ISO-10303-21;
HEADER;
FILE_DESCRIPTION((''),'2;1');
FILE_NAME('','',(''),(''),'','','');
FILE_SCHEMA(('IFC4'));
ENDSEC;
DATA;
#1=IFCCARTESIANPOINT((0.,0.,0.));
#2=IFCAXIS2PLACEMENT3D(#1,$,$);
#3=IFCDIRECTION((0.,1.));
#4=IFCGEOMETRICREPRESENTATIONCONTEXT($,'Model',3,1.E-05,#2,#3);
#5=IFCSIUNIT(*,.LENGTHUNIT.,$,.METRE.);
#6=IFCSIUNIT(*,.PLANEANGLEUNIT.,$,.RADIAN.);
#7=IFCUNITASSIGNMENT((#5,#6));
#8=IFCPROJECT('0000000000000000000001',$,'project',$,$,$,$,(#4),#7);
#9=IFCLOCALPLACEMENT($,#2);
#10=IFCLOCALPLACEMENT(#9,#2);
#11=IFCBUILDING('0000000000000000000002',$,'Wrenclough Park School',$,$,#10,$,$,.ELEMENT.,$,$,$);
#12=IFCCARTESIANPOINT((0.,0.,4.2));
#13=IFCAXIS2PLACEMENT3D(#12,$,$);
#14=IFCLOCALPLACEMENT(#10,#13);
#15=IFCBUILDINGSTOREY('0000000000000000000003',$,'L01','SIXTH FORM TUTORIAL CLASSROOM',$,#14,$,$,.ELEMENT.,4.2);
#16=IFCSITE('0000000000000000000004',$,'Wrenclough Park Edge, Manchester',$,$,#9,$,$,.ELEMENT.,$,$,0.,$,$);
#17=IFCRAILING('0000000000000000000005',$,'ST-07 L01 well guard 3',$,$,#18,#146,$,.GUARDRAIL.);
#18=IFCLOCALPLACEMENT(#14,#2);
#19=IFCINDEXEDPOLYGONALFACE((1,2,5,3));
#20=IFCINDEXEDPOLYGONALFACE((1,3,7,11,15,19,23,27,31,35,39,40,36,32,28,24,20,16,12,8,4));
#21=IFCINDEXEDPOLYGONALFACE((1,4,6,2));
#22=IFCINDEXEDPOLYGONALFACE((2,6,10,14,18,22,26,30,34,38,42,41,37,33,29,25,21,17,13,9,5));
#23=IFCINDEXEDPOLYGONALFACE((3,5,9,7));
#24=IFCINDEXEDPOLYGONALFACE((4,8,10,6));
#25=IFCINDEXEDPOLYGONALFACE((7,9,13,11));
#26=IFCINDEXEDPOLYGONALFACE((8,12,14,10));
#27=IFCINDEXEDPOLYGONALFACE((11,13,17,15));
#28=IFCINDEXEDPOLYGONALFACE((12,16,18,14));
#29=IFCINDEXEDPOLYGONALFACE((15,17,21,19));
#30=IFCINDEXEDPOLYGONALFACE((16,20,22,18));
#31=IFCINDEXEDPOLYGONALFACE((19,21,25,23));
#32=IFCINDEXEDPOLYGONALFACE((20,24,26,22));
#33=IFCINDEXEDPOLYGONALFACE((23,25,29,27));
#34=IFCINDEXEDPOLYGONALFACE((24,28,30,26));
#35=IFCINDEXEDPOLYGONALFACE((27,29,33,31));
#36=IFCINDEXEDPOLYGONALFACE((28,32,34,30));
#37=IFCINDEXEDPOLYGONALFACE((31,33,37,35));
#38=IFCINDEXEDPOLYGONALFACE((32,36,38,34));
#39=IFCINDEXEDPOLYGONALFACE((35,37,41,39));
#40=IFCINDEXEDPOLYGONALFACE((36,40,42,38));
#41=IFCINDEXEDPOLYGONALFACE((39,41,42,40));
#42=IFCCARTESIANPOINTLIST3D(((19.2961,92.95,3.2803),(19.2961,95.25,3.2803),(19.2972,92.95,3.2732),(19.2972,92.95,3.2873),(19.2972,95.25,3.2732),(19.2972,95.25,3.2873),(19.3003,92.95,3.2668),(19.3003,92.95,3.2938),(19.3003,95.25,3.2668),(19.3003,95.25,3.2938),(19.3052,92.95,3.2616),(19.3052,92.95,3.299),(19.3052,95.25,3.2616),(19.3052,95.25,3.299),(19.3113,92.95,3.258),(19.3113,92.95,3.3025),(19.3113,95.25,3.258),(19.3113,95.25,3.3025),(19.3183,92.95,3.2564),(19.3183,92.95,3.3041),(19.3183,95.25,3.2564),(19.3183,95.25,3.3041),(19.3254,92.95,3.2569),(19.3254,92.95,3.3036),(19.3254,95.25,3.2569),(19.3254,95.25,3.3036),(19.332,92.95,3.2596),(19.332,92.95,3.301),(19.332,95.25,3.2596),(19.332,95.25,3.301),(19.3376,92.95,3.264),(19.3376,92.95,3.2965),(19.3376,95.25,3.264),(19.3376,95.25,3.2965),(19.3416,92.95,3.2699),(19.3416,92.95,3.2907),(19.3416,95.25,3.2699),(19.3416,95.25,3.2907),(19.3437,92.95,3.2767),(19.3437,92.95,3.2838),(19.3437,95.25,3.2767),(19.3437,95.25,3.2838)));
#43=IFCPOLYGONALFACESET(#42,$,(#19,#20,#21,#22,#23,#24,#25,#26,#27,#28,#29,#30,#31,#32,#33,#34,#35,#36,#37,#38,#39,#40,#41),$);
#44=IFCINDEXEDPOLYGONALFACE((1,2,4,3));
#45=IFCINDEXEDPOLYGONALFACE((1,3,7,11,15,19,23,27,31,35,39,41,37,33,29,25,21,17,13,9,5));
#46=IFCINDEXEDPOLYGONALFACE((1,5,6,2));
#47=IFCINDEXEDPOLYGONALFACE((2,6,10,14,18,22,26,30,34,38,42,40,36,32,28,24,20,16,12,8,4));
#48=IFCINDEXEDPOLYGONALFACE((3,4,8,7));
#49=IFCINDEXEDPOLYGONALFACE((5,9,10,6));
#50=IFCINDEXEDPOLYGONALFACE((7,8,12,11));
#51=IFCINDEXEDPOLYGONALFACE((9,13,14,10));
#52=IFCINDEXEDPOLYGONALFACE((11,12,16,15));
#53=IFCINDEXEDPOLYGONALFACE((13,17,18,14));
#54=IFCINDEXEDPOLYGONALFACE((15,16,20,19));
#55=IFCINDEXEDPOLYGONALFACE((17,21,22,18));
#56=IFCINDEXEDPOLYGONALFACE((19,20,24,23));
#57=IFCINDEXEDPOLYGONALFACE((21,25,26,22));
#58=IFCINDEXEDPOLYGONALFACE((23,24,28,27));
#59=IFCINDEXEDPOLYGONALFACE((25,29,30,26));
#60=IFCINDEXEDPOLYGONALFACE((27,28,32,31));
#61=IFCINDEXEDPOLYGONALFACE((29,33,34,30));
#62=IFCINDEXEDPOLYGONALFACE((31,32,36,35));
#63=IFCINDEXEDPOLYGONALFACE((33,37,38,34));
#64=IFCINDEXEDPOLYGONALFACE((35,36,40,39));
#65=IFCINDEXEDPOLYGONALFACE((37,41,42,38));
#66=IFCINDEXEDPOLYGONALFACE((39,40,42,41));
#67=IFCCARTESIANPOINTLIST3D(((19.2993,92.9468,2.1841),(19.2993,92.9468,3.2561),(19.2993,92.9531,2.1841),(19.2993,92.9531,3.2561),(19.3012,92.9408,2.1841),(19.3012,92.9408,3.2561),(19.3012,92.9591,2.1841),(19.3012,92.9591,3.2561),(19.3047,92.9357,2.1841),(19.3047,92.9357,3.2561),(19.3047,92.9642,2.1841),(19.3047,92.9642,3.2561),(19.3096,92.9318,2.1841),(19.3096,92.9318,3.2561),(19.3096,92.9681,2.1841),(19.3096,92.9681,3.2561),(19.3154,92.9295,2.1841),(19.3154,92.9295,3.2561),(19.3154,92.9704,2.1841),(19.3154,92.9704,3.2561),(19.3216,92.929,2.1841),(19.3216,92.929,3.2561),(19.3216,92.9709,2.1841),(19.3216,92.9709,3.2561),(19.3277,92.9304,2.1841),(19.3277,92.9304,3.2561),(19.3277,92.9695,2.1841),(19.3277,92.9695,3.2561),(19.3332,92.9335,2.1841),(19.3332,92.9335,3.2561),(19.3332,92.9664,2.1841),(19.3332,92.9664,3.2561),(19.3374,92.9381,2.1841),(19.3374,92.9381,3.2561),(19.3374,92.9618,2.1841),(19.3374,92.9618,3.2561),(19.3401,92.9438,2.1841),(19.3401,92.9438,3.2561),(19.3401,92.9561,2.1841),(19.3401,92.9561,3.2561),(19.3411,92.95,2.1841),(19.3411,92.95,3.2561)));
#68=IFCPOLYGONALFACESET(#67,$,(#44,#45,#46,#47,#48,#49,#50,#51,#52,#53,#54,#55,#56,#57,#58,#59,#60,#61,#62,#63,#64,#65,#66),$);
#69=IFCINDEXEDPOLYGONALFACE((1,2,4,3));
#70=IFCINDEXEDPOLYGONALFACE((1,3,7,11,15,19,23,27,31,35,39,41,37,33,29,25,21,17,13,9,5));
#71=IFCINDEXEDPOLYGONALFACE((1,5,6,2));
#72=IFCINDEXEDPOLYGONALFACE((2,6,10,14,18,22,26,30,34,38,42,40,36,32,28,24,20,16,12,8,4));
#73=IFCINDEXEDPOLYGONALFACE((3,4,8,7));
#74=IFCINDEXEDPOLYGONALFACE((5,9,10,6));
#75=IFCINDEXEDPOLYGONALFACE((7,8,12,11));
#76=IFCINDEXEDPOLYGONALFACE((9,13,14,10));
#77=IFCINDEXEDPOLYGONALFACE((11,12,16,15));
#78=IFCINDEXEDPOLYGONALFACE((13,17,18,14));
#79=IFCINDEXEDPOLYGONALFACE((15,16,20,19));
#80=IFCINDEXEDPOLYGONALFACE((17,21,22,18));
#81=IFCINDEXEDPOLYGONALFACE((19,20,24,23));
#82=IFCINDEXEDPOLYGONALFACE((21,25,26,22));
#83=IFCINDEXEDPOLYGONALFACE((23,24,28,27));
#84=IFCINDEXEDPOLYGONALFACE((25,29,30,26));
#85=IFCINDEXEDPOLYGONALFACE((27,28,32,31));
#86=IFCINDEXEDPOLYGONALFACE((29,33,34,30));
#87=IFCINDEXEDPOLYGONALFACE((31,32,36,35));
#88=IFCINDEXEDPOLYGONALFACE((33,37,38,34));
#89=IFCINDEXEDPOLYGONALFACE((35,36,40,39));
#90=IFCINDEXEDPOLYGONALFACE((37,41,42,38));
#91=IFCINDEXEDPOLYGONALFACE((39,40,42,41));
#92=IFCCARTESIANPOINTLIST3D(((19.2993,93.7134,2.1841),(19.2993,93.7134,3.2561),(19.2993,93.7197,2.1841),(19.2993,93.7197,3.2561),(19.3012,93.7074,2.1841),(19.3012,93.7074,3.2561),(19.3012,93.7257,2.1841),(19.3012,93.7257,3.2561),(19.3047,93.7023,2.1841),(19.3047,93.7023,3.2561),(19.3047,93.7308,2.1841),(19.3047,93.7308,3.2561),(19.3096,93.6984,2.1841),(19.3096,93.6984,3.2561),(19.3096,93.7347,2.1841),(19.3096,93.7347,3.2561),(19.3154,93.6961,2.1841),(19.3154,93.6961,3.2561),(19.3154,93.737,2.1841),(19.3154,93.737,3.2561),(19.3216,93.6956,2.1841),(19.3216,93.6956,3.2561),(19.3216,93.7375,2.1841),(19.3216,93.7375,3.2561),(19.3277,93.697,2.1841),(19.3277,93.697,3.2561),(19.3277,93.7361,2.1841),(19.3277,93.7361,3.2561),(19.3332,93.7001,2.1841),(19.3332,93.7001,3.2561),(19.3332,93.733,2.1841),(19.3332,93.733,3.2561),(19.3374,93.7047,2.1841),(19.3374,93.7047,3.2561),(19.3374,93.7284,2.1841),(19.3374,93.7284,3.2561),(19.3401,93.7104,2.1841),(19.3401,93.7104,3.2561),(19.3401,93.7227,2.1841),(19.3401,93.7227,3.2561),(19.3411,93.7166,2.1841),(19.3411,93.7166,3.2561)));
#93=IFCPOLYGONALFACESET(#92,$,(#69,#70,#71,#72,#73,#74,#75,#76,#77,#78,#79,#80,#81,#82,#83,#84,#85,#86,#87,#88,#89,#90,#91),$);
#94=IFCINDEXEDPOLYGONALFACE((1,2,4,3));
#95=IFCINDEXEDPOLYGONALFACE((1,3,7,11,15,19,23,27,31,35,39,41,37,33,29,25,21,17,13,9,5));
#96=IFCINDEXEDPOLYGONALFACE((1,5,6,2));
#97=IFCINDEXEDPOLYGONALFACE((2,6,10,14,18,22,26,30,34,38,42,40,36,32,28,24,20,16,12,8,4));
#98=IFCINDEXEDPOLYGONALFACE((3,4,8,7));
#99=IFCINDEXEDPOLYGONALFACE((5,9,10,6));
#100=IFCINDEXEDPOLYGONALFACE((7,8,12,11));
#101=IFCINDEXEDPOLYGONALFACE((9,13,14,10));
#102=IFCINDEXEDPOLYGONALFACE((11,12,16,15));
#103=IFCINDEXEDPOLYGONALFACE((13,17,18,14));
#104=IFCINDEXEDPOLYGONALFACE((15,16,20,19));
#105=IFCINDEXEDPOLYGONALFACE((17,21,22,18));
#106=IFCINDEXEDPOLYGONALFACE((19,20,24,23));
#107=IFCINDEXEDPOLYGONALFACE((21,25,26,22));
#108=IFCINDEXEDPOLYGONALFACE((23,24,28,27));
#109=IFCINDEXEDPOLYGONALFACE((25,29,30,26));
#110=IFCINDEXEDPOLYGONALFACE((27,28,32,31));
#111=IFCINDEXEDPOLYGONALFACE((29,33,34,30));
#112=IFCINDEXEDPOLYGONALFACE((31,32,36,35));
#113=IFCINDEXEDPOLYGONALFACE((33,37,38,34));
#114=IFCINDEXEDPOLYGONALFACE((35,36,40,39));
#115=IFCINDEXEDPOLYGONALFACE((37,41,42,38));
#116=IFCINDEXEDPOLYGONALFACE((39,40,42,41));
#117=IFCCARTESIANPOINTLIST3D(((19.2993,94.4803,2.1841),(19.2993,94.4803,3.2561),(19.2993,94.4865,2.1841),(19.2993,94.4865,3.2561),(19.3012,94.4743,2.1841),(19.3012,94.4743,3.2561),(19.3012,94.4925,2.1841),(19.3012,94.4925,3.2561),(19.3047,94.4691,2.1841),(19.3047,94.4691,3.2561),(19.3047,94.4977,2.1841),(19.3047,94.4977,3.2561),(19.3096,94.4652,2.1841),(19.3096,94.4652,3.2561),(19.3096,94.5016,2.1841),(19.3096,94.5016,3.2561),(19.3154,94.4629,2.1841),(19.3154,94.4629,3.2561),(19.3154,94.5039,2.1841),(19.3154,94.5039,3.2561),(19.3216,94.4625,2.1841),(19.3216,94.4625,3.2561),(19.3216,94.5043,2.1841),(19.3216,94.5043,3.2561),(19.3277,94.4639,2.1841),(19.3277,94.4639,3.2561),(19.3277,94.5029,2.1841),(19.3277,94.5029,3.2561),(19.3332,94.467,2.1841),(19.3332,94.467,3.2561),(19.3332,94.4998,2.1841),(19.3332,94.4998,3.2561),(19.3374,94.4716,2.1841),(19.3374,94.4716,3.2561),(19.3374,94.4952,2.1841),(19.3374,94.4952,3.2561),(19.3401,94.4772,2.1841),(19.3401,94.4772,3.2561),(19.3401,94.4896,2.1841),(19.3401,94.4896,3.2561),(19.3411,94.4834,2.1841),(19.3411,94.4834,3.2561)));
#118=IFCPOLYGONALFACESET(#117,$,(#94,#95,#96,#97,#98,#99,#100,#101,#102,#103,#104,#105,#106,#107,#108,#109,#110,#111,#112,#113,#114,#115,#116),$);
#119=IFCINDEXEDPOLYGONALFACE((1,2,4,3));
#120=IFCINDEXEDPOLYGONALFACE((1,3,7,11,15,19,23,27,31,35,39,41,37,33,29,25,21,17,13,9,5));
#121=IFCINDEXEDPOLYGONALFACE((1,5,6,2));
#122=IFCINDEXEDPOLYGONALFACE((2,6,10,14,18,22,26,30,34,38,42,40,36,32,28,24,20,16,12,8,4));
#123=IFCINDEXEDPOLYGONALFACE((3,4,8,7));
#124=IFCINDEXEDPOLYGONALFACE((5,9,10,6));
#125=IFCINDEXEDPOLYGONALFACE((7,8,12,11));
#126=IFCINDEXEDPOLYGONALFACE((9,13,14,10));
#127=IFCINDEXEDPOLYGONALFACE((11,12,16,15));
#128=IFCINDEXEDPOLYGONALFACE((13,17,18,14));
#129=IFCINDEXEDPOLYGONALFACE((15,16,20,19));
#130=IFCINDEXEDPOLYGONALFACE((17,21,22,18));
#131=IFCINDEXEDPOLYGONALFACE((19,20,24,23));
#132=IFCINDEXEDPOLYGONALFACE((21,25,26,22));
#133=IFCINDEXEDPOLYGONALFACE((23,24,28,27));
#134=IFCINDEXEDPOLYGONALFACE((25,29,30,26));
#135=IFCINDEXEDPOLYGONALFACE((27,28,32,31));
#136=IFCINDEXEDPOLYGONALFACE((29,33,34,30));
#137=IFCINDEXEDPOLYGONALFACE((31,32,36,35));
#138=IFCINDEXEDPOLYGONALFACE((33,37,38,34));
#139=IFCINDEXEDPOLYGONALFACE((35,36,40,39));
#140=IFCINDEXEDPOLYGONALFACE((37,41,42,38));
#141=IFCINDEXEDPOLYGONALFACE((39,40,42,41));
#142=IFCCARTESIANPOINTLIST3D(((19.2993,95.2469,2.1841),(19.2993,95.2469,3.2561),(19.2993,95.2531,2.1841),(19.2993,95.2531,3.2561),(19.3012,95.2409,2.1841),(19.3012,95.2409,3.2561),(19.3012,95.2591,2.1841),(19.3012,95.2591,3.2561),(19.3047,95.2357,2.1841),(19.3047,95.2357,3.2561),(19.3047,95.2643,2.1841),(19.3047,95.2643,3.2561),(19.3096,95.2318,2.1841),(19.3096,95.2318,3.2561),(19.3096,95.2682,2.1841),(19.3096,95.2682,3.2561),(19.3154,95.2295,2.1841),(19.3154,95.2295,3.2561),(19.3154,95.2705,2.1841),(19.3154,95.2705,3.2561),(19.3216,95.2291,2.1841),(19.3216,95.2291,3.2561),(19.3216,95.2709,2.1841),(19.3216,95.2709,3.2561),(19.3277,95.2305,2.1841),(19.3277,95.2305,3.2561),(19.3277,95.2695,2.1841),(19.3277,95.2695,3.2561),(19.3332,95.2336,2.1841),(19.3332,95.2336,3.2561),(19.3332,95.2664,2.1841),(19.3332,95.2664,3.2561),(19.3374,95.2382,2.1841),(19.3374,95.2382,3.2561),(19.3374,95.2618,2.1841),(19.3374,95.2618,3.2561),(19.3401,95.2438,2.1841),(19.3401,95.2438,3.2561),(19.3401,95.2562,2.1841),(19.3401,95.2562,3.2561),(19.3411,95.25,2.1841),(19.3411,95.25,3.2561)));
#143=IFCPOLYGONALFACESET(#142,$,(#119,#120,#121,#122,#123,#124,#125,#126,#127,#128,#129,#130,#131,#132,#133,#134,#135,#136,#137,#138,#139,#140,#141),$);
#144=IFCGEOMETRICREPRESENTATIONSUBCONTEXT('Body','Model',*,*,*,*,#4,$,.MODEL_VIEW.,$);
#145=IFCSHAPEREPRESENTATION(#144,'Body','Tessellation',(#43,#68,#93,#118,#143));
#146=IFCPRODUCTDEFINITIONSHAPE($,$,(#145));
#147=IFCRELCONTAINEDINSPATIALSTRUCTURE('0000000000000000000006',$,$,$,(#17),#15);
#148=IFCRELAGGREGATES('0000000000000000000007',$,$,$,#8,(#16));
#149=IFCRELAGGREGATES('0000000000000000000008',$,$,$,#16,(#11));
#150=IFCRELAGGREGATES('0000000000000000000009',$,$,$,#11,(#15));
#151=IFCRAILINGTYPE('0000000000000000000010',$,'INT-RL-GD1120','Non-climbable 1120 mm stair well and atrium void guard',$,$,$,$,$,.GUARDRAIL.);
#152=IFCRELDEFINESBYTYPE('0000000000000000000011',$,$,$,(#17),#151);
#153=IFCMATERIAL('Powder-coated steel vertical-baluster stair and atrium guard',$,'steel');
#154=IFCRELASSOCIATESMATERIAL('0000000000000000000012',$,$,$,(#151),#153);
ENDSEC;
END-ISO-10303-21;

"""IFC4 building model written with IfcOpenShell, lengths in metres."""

from ifc_helpers import new_model, si_unit, direction, frame, origin, origin_2d, place, context, subcontext, project, spatial, circle, extrude, material, type_object, element, save


model = new_model("IFC4")

# Units and contexts
model_context = context("Model", 3, precision=1e-05, world=origin(), true_north=direction((0.0, 1.0)))
body_context = subcontext(model_context, "Body", "Model", "MODEL_VIEW")
ifc_project = project(units=[si_unit("LENGTHUNIT", "METRE"), si_unit("PLANEANGLEUNIT", "RADIAN")], contexts=[model_context])

# Site, building, storey
site_placement = place(None, origin())
site = spatial("IfcSite", under=ifc_project, at=site_placement, Name="Wrenclough Park Edge, Manchester", CompositionType="ELEMENT", RefElevation=0.0)
building_placement = place(site_placement, origin())
building = spatial("IfcBuilding", under=site, at=building_placement, Name="Wrenclough Park School", CompositionType="ELEMENT")
storey_placement = place(building_placement, frame((0.0, 0.0, 4.2)))
storey = spatial("IfcBuildingStorey", under=building, at=storey_placement, Name="L01", Description="SIXTH FORM TUTORIAL CLASSROOM", CompositionType="ELEMENT", Elevation=4.2)

# Railing
ifc_material_1 = material(Name="Powder-coated steel vertical-baluster stair and atrium guard", Category="steel")
railing_type = type_object("IfcRailingType", Name="INT-RL-GD1120", Description="Non-climbable 1120 mm stair well and atrium void guard", PredefinedType="GUARDRAIL", material=ifc_material_1)
railing_1_placement = place(storey_placement, frame((19.3201, 92.95, 2.1841)))
element("IfcRailing", 1, at=railing_1_placement, inside=storey, type_object=railing_type, Name="ST-07 L01 well guard 3", PredefinedType="GUARDRAIL", context=body_context, shape_type="SweptSolid", body=[
    extrude(circle(Radius=0.0239, at=origin_2d()), frame((0.0, 0.0, 1.0962), z_axis=(0.0, 1.0, 0.0), x_axis=(-1.0, 0.0, 0.0)), (0.0, 0.0, 1.0), 2.3),
    extrude(circle(Radius=0.021, at=origin_2d()), origin(), (0.0, 0.0, 1.0), 1.072),
    extrude(circle(Radius=0.021, at=origin_2d()), frame((0.0, 0.7666, 0.0)), (0.0, 0.0, 1.0), 1.072),
    extrude(circle(Radius=0.021, at=origin_2d()), frame((0.0, 1.5334, 0.0)), (0.0, 0.0, 1.0), 1.072),
    extrude(circle(Radius=0.021, at=origin_2d()), frame((0.0, 2.3, 0.0)), (0.0, 0.0, 1.0), 1.072),
])

save(model, "model.ifc")
